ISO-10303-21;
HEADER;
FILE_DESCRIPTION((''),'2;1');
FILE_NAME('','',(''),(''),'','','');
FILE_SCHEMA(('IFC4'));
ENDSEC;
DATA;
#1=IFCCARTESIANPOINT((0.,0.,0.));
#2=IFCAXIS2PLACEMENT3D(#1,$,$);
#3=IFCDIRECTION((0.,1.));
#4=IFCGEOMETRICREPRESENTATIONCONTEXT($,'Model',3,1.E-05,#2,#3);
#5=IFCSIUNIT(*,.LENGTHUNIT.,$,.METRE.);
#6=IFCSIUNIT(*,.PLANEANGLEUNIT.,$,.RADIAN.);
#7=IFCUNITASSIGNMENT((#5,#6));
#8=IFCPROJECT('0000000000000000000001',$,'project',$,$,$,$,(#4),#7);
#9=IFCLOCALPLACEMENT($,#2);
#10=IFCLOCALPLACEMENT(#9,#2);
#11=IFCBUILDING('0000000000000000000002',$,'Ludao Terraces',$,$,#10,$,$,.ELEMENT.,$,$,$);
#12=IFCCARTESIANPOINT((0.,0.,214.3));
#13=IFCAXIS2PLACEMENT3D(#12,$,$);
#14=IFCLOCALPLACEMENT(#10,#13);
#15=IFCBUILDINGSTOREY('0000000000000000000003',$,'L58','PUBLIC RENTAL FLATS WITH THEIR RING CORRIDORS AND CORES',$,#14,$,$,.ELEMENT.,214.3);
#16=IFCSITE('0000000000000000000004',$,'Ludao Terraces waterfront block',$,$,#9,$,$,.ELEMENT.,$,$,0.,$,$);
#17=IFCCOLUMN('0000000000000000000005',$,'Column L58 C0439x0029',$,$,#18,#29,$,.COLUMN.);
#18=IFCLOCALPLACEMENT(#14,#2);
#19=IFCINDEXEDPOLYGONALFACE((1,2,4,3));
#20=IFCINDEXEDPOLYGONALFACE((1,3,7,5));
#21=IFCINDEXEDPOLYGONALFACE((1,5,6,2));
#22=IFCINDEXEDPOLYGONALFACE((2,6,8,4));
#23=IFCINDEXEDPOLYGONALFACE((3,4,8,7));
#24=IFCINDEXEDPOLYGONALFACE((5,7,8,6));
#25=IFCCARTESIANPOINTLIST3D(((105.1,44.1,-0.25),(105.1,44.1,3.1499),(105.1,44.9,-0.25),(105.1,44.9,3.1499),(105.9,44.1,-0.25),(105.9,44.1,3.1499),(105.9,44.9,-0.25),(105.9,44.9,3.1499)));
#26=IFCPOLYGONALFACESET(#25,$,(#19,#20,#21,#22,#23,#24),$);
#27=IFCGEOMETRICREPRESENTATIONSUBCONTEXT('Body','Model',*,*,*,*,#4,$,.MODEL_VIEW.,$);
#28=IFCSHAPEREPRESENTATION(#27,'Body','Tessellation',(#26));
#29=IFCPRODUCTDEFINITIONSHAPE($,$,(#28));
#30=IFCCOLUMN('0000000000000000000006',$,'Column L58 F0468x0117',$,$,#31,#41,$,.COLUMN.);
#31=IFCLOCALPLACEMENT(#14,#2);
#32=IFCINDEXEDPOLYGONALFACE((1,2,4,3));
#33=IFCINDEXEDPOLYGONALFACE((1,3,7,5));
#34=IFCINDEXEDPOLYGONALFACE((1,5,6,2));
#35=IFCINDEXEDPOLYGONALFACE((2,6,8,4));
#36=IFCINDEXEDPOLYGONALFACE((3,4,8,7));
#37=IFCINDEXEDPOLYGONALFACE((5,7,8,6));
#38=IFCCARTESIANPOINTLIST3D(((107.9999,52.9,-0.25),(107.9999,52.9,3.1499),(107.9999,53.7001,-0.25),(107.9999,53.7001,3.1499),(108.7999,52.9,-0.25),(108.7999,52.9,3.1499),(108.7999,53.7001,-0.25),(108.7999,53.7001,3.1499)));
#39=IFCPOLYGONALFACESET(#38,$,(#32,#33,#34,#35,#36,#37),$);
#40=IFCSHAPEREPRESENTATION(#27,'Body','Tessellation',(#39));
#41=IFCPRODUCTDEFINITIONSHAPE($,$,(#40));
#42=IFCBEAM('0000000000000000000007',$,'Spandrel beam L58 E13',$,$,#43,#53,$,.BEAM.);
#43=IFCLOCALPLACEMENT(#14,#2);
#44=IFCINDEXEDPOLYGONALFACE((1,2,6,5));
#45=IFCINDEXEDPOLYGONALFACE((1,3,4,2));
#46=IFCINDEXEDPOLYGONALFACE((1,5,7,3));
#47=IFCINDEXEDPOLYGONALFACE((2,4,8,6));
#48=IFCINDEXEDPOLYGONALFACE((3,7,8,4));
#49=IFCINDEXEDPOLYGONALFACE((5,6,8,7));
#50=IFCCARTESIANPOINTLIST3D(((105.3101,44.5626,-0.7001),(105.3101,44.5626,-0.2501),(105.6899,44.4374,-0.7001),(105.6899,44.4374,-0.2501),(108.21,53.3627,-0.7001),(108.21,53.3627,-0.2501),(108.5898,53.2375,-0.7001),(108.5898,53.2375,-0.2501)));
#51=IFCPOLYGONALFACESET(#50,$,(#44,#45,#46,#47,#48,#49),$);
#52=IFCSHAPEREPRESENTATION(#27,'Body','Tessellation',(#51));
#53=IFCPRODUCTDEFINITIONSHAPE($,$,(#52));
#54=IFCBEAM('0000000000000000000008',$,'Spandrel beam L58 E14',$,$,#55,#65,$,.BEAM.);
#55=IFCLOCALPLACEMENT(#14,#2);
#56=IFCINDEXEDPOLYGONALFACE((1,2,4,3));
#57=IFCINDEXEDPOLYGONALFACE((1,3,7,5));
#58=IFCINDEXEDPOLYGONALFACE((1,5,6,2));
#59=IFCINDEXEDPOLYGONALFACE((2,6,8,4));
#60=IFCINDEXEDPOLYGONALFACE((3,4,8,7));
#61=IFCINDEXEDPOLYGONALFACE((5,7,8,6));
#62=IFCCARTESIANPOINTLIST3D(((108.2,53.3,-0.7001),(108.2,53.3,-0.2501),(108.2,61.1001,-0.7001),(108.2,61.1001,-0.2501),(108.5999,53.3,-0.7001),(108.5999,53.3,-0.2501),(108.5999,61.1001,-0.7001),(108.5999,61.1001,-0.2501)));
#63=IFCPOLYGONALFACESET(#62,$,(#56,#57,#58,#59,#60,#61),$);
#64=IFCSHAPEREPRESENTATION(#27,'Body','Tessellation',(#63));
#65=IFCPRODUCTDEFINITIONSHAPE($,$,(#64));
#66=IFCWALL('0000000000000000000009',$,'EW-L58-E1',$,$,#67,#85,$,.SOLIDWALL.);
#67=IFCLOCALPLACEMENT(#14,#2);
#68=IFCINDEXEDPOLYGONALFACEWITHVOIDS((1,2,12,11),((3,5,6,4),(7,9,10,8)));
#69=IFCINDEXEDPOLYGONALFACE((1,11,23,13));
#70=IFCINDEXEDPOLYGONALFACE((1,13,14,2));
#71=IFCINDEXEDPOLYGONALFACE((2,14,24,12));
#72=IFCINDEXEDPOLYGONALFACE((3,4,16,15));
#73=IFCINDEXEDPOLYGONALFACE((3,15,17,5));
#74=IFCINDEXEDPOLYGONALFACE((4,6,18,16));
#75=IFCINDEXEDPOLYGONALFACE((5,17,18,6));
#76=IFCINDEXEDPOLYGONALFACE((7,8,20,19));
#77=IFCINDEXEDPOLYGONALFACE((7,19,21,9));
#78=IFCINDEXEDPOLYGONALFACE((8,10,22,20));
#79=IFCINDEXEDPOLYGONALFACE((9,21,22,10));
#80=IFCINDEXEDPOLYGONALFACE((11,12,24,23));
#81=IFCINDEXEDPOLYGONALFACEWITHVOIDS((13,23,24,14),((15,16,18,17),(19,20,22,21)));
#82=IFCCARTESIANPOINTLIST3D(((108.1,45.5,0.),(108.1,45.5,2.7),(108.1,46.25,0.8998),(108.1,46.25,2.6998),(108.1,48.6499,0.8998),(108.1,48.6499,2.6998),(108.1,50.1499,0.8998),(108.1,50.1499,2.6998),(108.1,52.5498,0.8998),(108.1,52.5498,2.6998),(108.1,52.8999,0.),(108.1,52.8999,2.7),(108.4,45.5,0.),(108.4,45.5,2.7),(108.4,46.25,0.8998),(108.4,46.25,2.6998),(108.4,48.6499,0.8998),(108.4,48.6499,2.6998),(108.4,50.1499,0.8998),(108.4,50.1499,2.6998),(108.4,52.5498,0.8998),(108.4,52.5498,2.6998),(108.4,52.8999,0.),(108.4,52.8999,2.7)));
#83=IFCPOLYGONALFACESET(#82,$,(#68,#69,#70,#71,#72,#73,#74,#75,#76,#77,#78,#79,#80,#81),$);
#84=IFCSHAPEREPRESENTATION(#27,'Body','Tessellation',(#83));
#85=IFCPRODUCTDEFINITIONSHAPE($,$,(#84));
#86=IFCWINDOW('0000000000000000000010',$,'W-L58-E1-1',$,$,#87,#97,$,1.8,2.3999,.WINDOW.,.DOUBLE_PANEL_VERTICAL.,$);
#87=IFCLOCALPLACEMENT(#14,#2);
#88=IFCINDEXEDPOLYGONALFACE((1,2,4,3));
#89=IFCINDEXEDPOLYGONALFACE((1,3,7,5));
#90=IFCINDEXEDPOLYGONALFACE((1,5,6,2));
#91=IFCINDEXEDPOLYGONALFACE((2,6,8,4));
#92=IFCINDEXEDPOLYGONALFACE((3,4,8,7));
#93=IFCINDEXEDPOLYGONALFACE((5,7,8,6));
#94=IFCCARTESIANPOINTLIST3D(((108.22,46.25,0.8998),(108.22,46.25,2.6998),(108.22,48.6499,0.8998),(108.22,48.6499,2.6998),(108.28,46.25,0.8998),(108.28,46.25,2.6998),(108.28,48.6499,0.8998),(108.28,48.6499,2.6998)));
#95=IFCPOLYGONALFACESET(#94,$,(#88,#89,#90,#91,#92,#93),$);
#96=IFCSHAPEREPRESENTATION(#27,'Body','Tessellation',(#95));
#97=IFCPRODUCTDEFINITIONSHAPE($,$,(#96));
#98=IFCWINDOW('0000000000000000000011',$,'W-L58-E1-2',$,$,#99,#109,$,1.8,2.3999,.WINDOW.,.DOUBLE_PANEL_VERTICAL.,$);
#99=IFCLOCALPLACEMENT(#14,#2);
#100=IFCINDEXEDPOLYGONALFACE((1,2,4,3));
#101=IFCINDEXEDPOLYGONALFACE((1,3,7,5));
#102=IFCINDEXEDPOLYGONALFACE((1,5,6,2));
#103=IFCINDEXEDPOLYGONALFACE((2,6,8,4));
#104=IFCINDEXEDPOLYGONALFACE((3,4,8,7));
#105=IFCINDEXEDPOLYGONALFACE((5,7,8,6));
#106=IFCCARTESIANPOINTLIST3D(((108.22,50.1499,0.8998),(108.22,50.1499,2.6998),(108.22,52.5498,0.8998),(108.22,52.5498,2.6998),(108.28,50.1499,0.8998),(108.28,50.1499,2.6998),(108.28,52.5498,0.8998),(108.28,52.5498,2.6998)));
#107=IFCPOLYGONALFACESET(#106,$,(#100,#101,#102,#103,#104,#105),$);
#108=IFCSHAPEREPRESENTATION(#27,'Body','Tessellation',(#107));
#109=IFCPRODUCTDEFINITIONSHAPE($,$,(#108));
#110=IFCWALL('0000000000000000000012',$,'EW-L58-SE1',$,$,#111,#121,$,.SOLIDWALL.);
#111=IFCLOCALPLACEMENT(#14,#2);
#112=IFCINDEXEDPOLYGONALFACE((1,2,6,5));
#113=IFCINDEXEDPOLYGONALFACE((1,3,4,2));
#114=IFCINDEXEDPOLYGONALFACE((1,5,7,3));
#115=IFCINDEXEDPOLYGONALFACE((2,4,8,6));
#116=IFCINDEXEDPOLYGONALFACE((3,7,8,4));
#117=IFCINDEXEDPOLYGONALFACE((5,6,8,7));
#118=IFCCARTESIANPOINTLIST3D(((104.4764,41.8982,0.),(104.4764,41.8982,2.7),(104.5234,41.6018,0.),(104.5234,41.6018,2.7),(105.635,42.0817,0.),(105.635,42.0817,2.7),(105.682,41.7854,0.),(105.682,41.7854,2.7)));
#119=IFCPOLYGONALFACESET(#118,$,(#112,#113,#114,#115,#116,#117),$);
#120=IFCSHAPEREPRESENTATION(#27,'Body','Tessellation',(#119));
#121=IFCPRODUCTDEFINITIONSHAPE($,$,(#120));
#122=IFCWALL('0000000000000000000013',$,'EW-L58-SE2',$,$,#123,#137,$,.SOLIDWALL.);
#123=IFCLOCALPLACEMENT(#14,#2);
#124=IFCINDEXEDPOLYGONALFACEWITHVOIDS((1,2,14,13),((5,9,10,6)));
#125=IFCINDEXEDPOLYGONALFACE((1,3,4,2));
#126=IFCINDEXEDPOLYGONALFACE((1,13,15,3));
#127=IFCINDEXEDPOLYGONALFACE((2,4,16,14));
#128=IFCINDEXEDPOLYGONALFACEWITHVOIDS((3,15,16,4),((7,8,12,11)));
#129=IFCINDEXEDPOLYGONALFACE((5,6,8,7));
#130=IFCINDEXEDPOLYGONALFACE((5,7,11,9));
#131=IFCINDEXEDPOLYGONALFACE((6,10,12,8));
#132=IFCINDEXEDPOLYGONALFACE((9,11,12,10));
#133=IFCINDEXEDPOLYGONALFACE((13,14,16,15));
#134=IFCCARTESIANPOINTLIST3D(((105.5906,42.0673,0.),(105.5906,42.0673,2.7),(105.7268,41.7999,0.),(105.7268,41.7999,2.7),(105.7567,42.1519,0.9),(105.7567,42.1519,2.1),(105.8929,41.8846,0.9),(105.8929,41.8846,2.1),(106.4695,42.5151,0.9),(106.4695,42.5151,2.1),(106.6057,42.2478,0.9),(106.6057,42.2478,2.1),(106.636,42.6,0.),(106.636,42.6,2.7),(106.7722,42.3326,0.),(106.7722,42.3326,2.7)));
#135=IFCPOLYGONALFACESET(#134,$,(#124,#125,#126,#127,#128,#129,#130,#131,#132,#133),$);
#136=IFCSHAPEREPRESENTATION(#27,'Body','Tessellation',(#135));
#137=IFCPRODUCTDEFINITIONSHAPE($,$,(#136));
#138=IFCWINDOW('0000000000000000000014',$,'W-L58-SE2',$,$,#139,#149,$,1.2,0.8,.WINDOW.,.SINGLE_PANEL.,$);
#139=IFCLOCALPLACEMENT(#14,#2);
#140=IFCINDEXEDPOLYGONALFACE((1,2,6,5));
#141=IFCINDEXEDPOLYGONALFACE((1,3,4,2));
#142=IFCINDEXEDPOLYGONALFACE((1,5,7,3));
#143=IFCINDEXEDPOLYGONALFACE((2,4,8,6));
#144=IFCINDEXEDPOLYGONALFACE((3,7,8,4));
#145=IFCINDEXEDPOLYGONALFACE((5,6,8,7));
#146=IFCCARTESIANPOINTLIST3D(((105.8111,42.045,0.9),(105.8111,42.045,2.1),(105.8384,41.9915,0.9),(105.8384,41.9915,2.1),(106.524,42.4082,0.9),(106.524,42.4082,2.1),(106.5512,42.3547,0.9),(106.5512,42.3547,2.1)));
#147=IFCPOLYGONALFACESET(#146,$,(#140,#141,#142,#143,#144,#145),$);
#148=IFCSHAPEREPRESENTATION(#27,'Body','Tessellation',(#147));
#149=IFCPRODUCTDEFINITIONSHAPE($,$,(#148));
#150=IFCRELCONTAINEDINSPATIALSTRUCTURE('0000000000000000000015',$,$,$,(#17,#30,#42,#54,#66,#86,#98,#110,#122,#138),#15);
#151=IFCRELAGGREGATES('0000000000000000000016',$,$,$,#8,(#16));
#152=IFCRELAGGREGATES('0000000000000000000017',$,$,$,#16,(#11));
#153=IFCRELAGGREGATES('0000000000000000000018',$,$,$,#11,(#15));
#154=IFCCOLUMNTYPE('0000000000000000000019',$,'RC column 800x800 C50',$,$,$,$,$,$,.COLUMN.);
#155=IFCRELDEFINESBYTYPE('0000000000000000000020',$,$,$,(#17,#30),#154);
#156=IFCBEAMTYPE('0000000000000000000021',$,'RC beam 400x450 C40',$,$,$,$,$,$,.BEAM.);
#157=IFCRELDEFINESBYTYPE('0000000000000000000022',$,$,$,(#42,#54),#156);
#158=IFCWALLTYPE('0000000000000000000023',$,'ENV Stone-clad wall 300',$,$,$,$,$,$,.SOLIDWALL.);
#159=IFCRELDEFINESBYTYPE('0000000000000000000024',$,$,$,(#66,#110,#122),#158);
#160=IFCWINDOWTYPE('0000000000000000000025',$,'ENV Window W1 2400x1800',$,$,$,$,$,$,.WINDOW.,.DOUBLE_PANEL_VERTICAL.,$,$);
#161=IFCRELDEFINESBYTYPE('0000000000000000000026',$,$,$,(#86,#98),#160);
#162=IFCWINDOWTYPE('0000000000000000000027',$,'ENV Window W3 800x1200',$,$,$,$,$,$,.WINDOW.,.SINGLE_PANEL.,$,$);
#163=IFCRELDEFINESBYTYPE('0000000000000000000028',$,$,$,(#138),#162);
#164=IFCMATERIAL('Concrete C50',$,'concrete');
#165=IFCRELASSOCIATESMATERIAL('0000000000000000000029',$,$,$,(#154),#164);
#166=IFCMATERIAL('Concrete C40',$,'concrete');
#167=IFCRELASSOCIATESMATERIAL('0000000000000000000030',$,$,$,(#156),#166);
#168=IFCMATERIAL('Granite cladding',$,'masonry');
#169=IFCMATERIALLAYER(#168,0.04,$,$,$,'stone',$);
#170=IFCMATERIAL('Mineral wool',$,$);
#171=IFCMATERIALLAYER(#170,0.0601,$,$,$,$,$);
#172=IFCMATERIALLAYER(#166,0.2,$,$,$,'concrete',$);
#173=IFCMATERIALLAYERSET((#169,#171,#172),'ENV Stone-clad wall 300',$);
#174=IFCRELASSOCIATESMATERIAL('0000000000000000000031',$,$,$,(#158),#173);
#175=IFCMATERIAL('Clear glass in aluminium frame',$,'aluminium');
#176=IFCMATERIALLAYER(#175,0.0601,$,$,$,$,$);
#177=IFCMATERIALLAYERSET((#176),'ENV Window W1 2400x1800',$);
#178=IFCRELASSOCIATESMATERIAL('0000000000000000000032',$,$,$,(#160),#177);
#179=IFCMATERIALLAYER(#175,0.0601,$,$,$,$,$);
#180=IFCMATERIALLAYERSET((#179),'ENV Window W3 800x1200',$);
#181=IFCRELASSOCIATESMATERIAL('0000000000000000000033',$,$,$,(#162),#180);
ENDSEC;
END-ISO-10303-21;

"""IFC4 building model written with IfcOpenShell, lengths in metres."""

from ifc_helpers import new_model, si_unit, direction, frame, frame_2d, origin, origin_2d, place, context, subcontext, project, spatial, rectangle, extrude, material, layer, layer_set, material_profile, profile_set, type_object, element, fill, save


model = new_model("IFC4")

# Units and contexts
model_context = context("Model", 3, precision=1e-05, world=origin(), true_north=direction((0.0, 1.0)))
body_context = subcontext(model_context, "Body", "Model", "MODEL_VIEW")
ifc_project = project(units=[si_unit("LENGTHUNIT", "METRE"), si_unit("PLANEANGLEUNIT", "RADIAN")], contexts=[model_context])

# Site, building, storey
site_placement = place(None, origin())
site = spatial("IfcSite", under=ifc_project, at=site_placement, Name="Ludao Terraces waterfront block", CompositionType="ELEMENT", RefElevation=0.0)
building_placement = place(site_placement, origin())
building = spatial("IfcBuilding", under=site, at=building_placement, Name="Ludao Terraces", CompositionType="ELEMENT")
storey_placement = place(building_placement, frame((0.0, 0.0, 214.3)))
storey = spatial("IfcBuildingStorey", under=building, at=storey_placement, Name="L58", Description="PUBLIC RENTAL FLATS WITH THEIR RING CORRIDORS AND CORES", CompositionType="ELEMENT", Elevation=214.3)

# Columns
ifc_material_1 = material(Name="Concrete C50", Category="concrete")
ifc_material_profile_1 = material_profile(ifc_material_1, rectangle(XDim=0.8, YDim=0.8, at=origin_2d()), Name="800 X 800")
ifc_profile_set_1 = profile_set([ifc_material_profile_1], Name="Concrete C50")
column_type = type_object("IfcColumnType", Name="RC column 800x800 C50", PredefinedType="COLUMN", material=ifc_profile_set_1)
for number, where, z_axis, x_axis, name in (
    (1, (105.5, 44.5, -0.25), (0.0, 0.0, 1.0), (1.0, 0.0, 0.0), "Column L58 C0439x0029"),
    (2, (108.3999, 53.3, -0.25), (0.0, 0.0, 1.0), (1.0, 0.0, 0.0), "Column L58 F0468x0117"),
):
    element("IfcColumn", number, at=place(storey_placement, frame(where, z_axis=z_axis, x_axis=x_axis)), inside=storey, type_object=column_type, Name=name, PredefinedType="COLUMN", context=body_context, shape_type="SweptSolid", body=[
        extrude(rectangle(XDim=0.8, YDim=0.8, at=origin_2d()), origin(), (0.0, 0.0, 1.0), 3.3999),
    ])

# Beams
ifc_material_2 = material(Name="Concrete C40", Category="concrete")
ifc_material_profile_2 = material_profile(ifc_material_2, rectangle(XDim=0.3999, YDim=0.45, at=origin_2d()), Name="400 X 450")
ifc_profile_set_2 = profile_set([ifc_material_profile_2], Name="Concrete C40")
beam_type = type_object("IfcBeamType", Name="RC beam 400x450 C40", PredefinedType="BEAM", material=ifc_profile_set_2)
beam_1_placement = place(storey_placement, frame((105.5, 44.5, -0.4751), z_axis=(0.312977, 0.949761, 0.0), x_axis=(-0.949761, 0.312977, 0.0)))
element("IfcBeam", 3, at=beam_1_placement, inside=storey, type_object=beam_type, Name="Spandrel beam L58 E13", PredefinedType="BEAM", context=body_context, shape_type="SweptSolid", body=[
    extrude(rectangle(XDim=0.3999, YDim=0.45, at=origin_2d()), origin(), (0.0, 0.0, 1.0), 9.2656),
])
beam_2_placement = place(storey_placement, frame((108.3999, 53.3, -0.4751), z_axis=(0.0, 1.0, 0.0), x_axis=(-1.0, 0.0, 0.0)))
element("IfcBeam", 4, at=beam_2_placement, inside=storey, type_object=beam_type, Name="Spandrel beam L58 E14", PredefinedType="BEAM", context=body_context, shape_type="SweptSolid", body=[
    extrude(rectangle(XDim=0.3999, YDim=0.45, at=origin_2d()), origin(), (0.0, 0.0, 1.0), 7.8),
])

# Wall, openings, windows
ifc_material_3 = material(Name="Granite cladding", Category="masonry")
ifc_layer_1 = layer(ifc_material_3, 0.04, Category="stone")
ifc_material_4 = material(Name="Mineral wool")
ifc_layer_2 = layer(ifc_material_4, 0.0601)
ifc_layer_3 = layer(ifc_material_2, 0.2, Category="concrete")
ifc_layer_set_1 = layer_set([ifc_layer_1, ifc_layer_2, ifc_layer_3], Name="ENV Stone-clad wall 300")
wall_type_1 = type_object("IfcWallType", Name="ENV Stone-clad wall 300", PredefinedType="SOLIDWALL", material=ifc_layer_set_1)
wall_1_placement = place(storey_placement, frame((108.25, 45.5, 0.0), z_axis=(0.0, 0.0, 1.0), x_axis=(0.0, 1.0, 0.0)))
wall_1 = element("IfcWall", 5, at=wall_1_placement, inside=storey, type_object=wall_type_1, Name="EW-L58-E1", PredefinedType="SOLIDWALL", context=body_context, shape_type="SweptSolid", body=[
    extrude(rectangle(XDim=7.3999, YDim=0.3, at=frame_2d((3.7, 0.0))), origin(), (0.0, 0.0, 1.0), 2.7),
])
opening_1_placement = place(wall_1_placement, frame((0.75, 0.0, 0.8999)))
opening_1 = element("IfcOpeningElement", 6, at=opening_1_placement, cuts=wall_1, PredefinedType="OPENING", context=body_context, shape_type="SweptSolid", body=[
    extrude(rectangle(XDim=2.3999, YDim=1.8, at=frame_2d((1.2, 0.8999))), frame((0.0, 0.1602, 0.0), z_axis=(0.0, -1.0, 0.0), x_axis=(1.0, 0.0, 0.0)), (0.0, 0.0, 1.0), 0.3201),
])
opening_2_placement = place(wall_1_placement, frame((4.6499, 0.0, 0.8999)))
opening_2 = element("IfcOpeningElement", 7, at=opening_2_placement, cuts=wall_1, PredefinedType="OPENING", context=body_context, shape_type="SweptSolid", body=[
    extrude(rectangle(XDim=2.3999, YDim=1.8, at=frame_2d((1.2, 0.8999))), frame((0.0, 0.1602, 0.0), z_axis=(0.0, -1.0, 0.0), x_axis=(1.0, 0.0, 0.0)), (0.0, 0.0, 1.0), 0.3201),
])
ifc_material_5 = material(Name="Clear glass in aluminium frame", Category="aluminium")
ifc_layer_4 = layer(ifc_material_5, 0.0601)
ifc_layer_set_2 = layer_set([ifc_layer_4], Name="ENV Window W1 2400x1800")
window_type_1 = type_object("IfcWindowType", Name="ENV Window W1 2400x1800", PartitioningType="DOUBLE_PANEL_VERTICAL", PredefinedType="WINDOW", material=ifc_layer_set_2)
window_1_placement = place(opening_1_placement, origin())
window_1 = element("IfcWindow", 8, at=window_1_placement, inside=storey, type_object=window_type_1, Name="W-L58-E1-1", OverallHeight=1.8, OverallWidth=2.3999, PartitioningType="DOUBLE_PANEL_VERTICAL", PredefinedType="WINDOW", context=body_context, shape_type="SweptSolid", body=[
    extrude(rectangle(XDim=2.3999, YDim=1.8, at=frame_2d((1.2, 0.8999))), frame((0.0, 0.03, 0.0), z_axis=(0.0, -1.0, 0.0), x_axis=(1.0, 0.0, 0.0)), (0.0, 0.0, 1.0), 0.0601),
])
fill(opening_1, window_1)
window_2_placement = place(opening_2_placement, origin())
window_2 = element("IfcWindow", 9, at=window_2_placement, inside=storey, type_object=window_type_1, Name="W-L58-E1-2", OverallHeight=1.8, OverallWidth=2.3999, PartitioningType="DOUBLE_PANEL_VERTICAL", PredefinedType="WINDOW", context=body_context, shape_type="SweptSolid", body=[
    extrude(rectangle(XDim=2.3999, YDim=1.8, at=frame_2d((1.2, 0.8999))), frame((0.0, 0.03, 0.0), z_axis=(0.0, -1.0, 0.0), x_axis=(1.0, 0.0, 0.0)), (0.0, 0.0, 1.0), 0.0601),
])
fill(opening_2, window_2)

# Wall
wall_2_placement = place(storey_placement, frame((104.5, 41.75, 0.0), z_axis=(0.0, 0.0, 1.0), x_axis=(0.987678, 0.156497, 0.0)))
element("IfcWall", 10, at=wall_2_placement, inside=storey, type_object=wall_type_1, Name="EW-L58-SE1", PredefinedType="SOLIDWALL", context=body_context, shape_type="SweptSolid", body=[
    extrude(rectangle(XDim=1.1731, YDim=0.3, at=frame_2d((0.5864, 0.0))), origin(), (0.0, 0.0, 1.0), 2.7),
])

# Wall, opening, window
wall_3_placement = place(storey_placement, frame((105.6587, 41.9336, 0.0), z_axis=(0.0, 0.0, 1.0), x_axis=(0.890989, 0.454026, 0.0)))
wall_3 = element("IfcWall", 11, at=wall_3_placement, inside=storey, type_object=wall_type_1, Name="EW-L58-SE2", PredefinedType="SOLIDWALL", context=body_context, shape_type="SweptSolid", body=[
    extrude(rectangle(XDim=1.1733, YDim=0.3, at=frame_2d((0.5867, 0.0))), origin(), (0.0, 0.0, 1.0), 2.7),
])
opening_3_placement = place(wall_3_placement, frame((0.1865, 0.0, 0.8999)))
opening_3 = element("IfcOpeningElement", 12, at=opening_3_placement, cuts=wall_3, PredefinedType="OPENING", context=body_context, shape_type="SweptSolid", body=[
    extrude(rectangle(XDim=0.8, YDim=1.2, at=frame_2d((0.3999, 0.6001))), frame((0.0, 0.1602, 0.0), z_axis=(0.0, -1.0, 0.0), x_axis=(1.0, 0.0, 0.0)), (0.0, 0.0, 1.0), 0.3201),
])
ifc_layer_5 = layer(ifc_material_5, 0.0601)
ifc_layer_set_3 = layer_set([ifc_layer_5], Name="ENV Window W3 800x1200")
window_type_2 = type_object("IfcWindowType", Name="ENV Window W3 800x1200", PartitioningType="SINGLE_PANEL", PredefinedType="WINDOW", material=ifc_layer_set_3)
window_3_placement = place(opening_3_placement, origin())
window_3 = element("IfcWindow", 13, at=window_3_placement, inside=storey, type_object=window_type_2, Name="W-L58-SE2", OverallHeight=1.2, OverallWidth=0.8, PartitioningType="SINGLE_PANEL", PredefinedType="WINDOW", context=body_context, shape_type="SweptSolid", body=[
    extrude(rectangle(XDim=0.8, YDim=1.2, at=frame_2d((0.3999, 0.6001))), frame((0.0, 0.03, 0.0), z_axis=(0.0, -1.0, 0.0), x_axis=(1.0, 0.0, 0.0)), (0.0, 0.0, 1.0), 0.0601),
])
fill(opening_3, window_3)

save(model, "model.ifc")
